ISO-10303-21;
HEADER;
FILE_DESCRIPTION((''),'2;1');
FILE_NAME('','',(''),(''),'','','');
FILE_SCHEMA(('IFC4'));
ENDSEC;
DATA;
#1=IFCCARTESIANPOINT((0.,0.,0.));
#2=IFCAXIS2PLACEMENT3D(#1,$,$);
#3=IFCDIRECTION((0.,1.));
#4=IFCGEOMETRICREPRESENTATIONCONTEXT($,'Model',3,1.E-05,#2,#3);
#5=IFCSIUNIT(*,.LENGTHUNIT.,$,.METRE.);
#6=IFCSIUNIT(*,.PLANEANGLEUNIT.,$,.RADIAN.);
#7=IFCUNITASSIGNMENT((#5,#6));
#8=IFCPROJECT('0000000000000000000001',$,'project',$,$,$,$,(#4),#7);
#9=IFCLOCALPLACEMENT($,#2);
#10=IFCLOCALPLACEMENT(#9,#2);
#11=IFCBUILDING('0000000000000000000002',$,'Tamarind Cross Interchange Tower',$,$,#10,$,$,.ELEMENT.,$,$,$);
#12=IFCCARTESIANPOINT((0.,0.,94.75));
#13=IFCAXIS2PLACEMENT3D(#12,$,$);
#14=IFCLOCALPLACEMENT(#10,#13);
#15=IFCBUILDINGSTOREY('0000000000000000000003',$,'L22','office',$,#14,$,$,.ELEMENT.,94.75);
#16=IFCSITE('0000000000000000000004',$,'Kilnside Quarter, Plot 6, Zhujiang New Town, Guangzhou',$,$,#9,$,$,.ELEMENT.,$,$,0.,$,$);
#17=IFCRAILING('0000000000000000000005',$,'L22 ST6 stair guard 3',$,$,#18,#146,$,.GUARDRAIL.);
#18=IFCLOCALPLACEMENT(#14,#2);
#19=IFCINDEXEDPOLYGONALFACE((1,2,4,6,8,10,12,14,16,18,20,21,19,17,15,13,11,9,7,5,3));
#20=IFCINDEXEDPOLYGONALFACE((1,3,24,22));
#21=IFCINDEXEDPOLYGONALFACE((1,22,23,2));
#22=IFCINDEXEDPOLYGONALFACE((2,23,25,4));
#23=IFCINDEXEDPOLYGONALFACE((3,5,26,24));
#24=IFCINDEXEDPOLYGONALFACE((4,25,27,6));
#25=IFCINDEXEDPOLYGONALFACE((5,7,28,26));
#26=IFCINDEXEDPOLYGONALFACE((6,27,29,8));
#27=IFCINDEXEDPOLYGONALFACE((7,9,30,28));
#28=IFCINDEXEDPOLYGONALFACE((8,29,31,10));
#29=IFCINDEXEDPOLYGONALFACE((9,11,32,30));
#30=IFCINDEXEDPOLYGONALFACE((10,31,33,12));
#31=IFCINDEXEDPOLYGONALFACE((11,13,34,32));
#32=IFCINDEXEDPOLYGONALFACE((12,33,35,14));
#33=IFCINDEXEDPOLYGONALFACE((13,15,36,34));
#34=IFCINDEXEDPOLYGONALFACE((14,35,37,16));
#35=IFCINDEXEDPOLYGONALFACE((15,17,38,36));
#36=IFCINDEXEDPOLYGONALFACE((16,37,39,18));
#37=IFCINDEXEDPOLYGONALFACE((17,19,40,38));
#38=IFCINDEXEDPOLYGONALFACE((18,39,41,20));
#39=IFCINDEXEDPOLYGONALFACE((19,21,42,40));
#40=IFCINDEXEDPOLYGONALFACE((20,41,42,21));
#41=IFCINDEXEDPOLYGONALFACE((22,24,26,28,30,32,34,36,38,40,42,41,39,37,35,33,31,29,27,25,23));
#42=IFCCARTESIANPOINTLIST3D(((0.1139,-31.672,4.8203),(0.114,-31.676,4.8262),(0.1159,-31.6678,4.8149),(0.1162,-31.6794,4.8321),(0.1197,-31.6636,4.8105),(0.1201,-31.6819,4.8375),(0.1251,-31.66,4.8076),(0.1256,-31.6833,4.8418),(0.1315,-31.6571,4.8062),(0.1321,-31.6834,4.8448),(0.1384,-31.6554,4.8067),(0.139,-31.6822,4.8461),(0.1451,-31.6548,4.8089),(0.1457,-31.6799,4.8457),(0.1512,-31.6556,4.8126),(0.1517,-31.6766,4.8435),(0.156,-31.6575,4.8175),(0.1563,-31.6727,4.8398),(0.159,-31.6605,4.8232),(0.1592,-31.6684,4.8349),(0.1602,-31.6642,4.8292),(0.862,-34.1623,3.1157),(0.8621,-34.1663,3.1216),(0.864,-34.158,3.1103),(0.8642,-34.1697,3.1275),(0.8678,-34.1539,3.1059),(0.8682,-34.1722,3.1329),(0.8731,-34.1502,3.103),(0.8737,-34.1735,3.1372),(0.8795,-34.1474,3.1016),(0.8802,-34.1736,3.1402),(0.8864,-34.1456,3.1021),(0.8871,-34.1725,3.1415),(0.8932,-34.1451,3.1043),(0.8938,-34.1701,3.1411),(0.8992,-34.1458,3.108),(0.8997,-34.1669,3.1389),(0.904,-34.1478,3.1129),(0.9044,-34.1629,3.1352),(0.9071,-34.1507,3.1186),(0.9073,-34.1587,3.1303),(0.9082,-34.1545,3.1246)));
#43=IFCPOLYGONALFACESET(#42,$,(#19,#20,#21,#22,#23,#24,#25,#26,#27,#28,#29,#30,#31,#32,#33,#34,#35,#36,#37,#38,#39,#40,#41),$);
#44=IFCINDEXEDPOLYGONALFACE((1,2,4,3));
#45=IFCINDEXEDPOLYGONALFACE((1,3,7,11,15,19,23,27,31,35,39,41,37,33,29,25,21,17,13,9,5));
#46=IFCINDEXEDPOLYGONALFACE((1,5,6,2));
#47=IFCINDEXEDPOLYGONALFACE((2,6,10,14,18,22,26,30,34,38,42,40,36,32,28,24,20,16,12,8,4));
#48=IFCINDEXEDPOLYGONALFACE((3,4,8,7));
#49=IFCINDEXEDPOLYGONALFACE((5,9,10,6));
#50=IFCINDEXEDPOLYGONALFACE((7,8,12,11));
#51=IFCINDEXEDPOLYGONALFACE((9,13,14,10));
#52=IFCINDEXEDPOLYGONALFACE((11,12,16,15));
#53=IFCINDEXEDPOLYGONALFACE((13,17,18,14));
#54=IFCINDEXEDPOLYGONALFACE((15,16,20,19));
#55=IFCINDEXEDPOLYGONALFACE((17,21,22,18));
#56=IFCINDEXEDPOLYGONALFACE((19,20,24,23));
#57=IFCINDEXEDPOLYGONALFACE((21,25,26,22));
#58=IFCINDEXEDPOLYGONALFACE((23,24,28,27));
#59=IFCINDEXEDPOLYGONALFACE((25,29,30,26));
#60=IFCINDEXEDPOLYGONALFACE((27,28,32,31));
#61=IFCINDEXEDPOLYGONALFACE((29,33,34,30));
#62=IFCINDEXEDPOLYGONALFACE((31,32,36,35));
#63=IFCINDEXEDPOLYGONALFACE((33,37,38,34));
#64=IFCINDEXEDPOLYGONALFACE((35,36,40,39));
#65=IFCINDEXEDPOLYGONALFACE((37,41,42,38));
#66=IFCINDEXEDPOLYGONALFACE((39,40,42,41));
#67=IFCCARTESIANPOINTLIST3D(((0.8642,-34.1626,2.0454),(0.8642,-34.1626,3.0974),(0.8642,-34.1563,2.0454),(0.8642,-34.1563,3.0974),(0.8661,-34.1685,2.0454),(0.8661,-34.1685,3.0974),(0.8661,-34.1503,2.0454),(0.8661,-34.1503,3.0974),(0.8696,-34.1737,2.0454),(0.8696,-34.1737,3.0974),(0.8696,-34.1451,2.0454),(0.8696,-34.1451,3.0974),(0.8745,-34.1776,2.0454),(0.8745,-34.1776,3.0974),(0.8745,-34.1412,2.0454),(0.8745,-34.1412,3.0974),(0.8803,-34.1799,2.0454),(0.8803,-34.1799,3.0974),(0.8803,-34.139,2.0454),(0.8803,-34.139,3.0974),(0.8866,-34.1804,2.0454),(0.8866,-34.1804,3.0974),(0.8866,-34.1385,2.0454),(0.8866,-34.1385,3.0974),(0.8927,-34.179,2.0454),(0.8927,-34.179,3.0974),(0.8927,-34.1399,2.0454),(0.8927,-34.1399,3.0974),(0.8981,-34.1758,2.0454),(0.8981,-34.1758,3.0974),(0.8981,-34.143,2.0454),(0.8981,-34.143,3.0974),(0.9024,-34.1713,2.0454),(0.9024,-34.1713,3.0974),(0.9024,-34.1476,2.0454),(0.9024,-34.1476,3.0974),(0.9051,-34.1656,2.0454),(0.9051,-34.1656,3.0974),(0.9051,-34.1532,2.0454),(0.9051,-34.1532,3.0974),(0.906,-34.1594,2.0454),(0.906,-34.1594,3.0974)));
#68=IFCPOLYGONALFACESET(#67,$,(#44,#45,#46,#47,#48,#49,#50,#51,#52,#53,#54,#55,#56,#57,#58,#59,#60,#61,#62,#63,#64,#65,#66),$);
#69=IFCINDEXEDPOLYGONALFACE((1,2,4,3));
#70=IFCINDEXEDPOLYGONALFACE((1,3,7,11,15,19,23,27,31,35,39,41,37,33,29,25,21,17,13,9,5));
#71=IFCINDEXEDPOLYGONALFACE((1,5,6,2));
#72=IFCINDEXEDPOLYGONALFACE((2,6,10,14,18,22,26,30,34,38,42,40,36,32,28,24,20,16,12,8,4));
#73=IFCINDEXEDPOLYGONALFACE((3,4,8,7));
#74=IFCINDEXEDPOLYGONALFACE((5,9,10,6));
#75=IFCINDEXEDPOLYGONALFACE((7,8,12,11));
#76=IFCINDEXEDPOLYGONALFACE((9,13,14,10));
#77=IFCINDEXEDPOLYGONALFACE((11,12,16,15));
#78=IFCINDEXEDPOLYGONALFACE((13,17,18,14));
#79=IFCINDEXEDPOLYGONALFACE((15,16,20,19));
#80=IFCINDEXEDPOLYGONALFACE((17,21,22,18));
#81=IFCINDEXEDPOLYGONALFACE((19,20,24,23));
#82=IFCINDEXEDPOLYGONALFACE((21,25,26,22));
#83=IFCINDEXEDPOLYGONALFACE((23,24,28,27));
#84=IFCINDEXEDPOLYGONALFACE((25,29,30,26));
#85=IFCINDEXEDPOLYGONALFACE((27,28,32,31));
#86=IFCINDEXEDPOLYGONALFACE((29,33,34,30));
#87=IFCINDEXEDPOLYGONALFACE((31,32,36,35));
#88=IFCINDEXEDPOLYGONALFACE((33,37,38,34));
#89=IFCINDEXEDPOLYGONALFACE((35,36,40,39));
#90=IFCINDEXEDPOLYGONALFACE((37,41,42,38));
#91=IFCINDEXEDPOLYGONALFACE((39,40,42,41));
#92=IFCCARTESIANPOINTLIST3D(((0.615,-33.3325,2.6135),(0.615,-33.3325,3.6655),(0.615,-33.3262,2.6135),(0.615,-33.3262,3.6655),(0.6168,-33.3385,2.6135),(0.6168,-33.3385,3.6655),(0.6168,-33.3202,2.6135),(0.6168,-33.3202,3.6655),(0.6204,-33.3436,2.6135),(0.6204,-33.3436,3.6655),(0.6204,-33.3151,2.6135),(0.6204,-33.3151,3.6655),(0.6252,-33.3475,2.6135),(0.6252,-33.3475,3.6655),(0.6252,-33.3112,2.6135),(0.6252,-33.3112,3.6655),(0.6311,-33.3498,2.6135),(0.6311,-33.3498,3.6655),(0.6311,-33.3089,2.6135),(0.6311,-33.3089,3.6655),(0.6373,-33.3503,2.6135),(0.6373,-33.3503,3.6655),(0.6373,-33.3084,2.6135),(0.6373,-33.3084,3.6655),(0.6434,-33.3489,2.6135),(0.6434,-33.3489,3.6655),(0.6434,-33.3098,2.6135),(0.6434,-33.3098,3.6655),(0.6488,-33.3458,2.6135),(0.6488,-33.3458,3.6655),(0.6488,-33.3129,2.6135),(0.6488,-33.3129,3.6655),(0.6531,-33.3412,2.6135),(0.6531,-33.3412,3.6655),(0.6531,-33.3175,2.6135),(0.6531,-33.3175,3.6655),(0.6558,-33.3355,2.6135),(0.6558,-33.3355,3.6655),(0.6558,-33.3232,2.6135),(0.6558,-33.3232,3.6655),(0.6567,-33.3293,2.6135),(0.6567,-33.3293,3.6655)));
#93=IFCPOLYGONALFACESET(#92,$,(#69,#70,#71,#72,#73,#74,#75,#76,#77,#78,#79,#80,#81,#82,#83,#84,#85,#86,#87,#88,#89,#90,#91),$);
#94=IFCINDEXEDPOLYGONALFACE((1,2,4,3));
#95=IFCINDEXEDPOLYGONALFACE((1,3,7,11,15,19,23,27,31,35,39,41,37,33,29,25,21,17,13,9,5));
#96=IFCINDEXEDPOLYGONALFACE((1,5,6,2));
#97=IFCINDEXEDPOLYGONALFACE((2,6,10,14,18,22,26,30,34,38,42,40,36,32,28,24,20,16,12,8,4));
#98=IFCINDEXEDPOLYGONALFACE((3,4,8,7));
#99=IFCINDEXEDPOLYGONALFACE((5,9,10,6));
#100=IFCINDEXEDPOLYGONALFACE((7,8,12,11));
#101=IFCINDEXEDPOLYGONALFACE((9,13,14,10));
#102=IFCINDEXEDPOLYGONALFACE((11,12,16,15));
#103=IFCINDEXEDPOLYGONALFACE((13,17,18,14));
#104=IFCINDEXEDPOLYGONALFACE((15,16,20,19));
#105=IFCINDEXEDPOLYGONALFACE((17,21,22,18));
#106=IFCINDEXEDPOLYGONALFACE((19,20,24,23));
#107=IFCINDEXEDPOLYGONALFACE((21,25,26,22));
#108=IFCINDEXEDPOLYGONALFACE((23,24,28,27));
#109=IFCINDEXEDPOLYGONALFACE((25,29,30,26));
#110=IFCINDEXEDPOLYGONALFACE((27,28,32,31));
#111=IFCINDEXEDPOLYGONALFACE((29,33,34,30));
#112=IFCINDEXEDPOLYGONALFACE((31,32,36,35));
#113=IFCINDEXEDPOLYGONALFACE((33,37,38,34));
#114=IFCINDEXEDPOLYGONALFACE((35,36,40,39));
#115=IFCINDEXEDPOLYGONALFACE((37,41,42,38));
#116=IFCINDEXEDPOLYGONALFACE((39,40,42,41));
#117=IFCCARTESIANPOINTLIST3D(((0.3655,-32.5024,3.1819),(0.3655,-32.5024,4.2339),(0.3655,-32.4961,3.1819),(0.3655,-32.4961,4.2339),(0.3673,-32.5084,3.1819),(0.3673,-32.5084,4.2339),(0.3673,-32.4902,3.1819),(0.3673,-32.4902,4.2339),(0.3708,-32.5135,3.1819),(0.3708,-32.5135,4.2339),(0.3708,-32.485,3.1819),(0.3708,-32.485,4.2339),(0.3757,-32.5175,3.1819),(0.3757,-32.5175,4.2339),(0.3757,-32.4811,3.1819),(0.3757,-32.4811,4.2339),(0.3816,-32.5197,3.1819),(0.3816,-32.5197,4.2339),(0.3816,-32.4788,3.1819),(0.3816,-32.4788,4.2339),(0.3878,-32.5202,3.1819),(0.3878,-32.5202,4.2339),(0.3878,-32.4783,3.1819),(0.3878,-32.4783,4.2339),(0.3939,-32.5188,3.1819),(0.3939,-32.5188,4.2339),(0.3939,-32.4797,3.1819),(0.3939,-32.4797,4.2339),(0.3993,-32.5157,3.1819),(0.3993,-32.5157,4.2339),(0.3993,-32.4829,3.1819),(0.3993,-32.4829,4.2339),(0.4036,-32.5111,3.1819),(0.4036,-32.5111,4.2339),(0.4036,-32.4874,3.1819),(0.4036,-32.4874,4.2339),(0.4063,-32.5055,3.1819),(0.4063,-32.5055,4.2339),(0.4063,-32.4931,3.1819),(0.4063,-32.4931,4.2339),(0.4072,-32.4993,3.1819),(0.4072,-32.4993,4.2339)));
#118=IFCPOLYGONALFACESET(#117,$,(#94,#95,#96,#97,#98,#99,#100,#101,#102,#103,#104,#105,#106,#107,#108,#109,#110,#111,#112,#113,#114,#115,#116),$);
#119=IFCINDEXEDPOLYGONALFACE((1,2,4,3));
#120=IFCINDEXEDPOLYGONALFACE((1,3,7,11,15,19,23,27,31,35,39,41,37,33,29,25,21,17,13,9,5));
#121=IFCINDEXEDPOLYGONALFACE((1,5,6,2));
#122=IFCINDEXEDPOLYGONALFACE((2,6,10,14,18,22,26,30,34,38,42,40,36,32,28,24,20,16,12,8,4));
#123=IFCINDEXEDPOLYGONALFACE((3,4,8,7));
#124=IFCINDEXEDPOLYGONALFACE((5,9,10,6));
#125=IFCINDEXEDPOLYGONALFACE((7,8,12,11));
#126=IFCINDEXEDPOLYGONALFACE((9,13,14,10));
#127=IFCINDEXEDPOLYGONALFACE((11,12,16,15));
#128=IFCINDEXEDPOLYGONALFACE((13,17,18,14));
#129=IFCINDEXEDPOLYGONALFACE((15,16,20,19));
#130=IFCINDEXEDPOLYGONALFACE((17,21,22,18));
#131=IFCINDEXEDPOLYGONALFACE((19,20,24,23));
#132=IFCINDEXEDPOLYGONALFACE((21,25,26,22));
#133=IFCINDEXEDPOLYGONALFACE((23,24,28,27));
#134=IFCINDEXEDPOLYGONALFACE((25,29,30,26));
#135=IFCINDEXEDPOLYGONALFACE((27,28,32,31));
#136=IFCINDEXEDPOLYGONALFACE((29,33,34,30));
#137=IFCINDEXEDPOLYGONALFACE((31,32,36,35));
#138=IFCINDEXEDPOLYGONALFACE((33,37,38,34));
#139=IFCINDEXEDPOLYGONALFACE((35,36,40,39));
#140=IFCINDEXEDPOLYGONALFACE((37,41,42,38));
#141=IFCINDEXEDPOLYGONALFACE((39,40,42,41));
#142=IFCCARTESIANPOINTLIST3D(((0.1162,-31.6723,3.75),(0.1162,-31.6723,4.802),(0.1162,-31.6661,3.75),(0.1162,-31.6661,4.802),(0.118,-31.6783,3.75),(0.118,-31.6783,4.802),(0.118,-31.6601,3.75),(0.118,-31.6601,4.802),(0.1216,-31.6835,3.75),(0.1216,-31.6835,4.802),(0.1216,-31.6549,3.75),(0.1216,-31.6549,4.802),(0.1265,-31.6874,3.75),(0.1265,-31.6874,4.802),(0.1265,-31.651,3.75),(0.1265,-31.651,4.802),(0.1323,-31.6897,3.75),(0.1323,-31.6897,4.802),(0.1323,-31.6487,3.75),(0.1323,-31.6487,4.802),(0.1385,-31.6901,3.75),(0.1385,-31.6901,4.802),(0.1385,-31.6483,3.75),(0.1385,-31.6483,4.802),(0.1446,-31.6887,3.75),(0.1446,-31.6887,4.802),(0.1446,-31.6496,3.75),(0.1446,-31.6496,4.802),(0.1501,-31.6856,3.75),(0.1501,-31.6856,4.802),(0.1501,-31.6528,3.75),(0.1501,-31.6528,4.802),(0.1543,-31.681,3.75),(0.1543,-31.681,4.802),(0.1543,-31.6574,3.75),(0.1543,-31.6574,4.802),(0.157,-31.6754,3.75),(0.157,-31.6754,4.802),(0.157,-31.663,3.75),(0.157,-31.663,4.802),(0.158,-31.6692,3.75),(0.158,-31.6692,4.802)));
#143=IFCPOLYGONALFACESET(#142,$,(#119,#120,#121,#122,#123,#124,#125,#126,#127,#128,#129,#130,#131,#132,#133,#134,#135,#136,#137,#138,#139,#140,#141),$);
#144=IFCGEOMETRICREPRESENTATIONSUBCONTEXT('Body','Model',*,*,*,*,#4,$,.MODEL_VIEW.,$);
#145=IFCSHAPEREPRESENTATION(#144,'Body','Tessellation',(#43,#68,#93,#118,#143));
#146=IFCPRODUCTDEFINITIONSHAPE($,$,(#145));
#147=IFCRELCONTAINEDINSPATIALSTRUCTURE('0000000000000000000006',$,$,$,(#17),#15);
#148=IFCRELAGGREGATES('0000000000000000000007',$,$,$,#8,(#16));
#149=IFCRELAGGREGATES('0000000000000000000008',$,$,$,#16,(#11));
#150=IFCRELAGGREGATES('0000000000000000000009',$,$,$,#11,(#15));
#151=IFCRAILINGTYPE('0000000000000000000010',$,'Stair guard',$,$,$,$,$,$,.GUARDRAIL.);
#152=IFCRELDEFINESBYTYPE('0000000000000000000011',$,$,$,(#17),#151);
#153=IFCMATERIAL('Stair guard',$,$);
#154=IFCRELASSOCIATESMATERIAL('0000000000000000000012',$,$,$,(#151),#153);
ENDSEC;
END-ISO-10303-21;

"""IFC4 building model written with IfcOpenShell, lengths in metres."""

from ifc_helpers import new_model, si_unit, direction, frame, origin, origin_2d, place, context, subcontext, project, spatial, circle, extrude, material, type_object, element, save


model = new_model("IFC4")

# Units and contexts
model_context = context("Model", 3, precision=1e-05, world=origin(), true_north=direction((0.0, 1.0)))
body_context = subcontext(model_context, "Body", "Model", "MODEL_VIEW")
ifc_project = project(units=[si_unit("LENGTHUNIT", "METRE"), si_unit("PLANEANGLEUNIT", "RADIAN")], contexts=[model_context])

# Site, building, storey
site_placement = place(None, origin())
site = spatial("IfcSite", under=ifc_project, at=site_placement, Name="Kilnside Quarter, Plot 6, Zhujiang New Town, Guangzhou", CompositionType="ELEMENT", RefElevation=0.0)
building_placement = place(site_placement, origin())
building = spatial("IfcBuilding", under=site, at=building_placement, Name="Tamarind Cross Interchange Tower", CompositionType="ELEMENT")
storey_placement = place(building_placement, frame((0.0, 0.0, 94.75)))
storey = spatial("IfcBuildingStorey", under=building, at=storey_placement, Name="L22", Description="office", CompositionType="ELEMENT", Elevation=94.75)

# Railing
ifc_material_1 = material(Name="Stair guard")
railing_type_1 = type_object("IfcRailingType", Name="Stair guard", PredefinedType="GUARDRAIL", material=ifc_material_1)
railing_1_placement = place(storey_placement, frame((0.885, -34.1594, 2.0454)))
element("IfcRailing", 1, at=railing_1_placement, inside=storey, type_object=railing_type_1, Name="L22 ST6 stair guard 3", PredefinedType="GUARDRAIL", context=body_context, shape_type="SweptSolid", body=[
    extrude(circle(Radius=0.0239, at=origin_2d()), frame((0.0, 0.0, 1.0762), z_axis=(-0.2406, 0.800952, 0.548259), x_axis=(-0.957723, -0.287692, 0.0)), (0.0, 0.0, 1.0), 3.1091),
    extrude(circle(Radius=0.021, at=origin_2d()), origin(), (0.0, 0.0, 1.0), 1.052),
    extrude(circle(Radius=0.021, at=origin_2d()), frame((-0.2493, 0.8301, 0.5681)), (0.0, 0.0, 1.0), 1.052),
    extrude(circle(Radius=0.021, at=origin_2d()), frame((-0.4988, 1.6602, 1.1365)), (0.0, 0.0, 1.0), 1.052),
    extrude(circle(Radius=0.021, at=origin_2d()), frame((-0.748, 2.4902, 1.7046)), (0.0, 0.0, 1.0), 1.052),
])

save(model, "model.ifc")
